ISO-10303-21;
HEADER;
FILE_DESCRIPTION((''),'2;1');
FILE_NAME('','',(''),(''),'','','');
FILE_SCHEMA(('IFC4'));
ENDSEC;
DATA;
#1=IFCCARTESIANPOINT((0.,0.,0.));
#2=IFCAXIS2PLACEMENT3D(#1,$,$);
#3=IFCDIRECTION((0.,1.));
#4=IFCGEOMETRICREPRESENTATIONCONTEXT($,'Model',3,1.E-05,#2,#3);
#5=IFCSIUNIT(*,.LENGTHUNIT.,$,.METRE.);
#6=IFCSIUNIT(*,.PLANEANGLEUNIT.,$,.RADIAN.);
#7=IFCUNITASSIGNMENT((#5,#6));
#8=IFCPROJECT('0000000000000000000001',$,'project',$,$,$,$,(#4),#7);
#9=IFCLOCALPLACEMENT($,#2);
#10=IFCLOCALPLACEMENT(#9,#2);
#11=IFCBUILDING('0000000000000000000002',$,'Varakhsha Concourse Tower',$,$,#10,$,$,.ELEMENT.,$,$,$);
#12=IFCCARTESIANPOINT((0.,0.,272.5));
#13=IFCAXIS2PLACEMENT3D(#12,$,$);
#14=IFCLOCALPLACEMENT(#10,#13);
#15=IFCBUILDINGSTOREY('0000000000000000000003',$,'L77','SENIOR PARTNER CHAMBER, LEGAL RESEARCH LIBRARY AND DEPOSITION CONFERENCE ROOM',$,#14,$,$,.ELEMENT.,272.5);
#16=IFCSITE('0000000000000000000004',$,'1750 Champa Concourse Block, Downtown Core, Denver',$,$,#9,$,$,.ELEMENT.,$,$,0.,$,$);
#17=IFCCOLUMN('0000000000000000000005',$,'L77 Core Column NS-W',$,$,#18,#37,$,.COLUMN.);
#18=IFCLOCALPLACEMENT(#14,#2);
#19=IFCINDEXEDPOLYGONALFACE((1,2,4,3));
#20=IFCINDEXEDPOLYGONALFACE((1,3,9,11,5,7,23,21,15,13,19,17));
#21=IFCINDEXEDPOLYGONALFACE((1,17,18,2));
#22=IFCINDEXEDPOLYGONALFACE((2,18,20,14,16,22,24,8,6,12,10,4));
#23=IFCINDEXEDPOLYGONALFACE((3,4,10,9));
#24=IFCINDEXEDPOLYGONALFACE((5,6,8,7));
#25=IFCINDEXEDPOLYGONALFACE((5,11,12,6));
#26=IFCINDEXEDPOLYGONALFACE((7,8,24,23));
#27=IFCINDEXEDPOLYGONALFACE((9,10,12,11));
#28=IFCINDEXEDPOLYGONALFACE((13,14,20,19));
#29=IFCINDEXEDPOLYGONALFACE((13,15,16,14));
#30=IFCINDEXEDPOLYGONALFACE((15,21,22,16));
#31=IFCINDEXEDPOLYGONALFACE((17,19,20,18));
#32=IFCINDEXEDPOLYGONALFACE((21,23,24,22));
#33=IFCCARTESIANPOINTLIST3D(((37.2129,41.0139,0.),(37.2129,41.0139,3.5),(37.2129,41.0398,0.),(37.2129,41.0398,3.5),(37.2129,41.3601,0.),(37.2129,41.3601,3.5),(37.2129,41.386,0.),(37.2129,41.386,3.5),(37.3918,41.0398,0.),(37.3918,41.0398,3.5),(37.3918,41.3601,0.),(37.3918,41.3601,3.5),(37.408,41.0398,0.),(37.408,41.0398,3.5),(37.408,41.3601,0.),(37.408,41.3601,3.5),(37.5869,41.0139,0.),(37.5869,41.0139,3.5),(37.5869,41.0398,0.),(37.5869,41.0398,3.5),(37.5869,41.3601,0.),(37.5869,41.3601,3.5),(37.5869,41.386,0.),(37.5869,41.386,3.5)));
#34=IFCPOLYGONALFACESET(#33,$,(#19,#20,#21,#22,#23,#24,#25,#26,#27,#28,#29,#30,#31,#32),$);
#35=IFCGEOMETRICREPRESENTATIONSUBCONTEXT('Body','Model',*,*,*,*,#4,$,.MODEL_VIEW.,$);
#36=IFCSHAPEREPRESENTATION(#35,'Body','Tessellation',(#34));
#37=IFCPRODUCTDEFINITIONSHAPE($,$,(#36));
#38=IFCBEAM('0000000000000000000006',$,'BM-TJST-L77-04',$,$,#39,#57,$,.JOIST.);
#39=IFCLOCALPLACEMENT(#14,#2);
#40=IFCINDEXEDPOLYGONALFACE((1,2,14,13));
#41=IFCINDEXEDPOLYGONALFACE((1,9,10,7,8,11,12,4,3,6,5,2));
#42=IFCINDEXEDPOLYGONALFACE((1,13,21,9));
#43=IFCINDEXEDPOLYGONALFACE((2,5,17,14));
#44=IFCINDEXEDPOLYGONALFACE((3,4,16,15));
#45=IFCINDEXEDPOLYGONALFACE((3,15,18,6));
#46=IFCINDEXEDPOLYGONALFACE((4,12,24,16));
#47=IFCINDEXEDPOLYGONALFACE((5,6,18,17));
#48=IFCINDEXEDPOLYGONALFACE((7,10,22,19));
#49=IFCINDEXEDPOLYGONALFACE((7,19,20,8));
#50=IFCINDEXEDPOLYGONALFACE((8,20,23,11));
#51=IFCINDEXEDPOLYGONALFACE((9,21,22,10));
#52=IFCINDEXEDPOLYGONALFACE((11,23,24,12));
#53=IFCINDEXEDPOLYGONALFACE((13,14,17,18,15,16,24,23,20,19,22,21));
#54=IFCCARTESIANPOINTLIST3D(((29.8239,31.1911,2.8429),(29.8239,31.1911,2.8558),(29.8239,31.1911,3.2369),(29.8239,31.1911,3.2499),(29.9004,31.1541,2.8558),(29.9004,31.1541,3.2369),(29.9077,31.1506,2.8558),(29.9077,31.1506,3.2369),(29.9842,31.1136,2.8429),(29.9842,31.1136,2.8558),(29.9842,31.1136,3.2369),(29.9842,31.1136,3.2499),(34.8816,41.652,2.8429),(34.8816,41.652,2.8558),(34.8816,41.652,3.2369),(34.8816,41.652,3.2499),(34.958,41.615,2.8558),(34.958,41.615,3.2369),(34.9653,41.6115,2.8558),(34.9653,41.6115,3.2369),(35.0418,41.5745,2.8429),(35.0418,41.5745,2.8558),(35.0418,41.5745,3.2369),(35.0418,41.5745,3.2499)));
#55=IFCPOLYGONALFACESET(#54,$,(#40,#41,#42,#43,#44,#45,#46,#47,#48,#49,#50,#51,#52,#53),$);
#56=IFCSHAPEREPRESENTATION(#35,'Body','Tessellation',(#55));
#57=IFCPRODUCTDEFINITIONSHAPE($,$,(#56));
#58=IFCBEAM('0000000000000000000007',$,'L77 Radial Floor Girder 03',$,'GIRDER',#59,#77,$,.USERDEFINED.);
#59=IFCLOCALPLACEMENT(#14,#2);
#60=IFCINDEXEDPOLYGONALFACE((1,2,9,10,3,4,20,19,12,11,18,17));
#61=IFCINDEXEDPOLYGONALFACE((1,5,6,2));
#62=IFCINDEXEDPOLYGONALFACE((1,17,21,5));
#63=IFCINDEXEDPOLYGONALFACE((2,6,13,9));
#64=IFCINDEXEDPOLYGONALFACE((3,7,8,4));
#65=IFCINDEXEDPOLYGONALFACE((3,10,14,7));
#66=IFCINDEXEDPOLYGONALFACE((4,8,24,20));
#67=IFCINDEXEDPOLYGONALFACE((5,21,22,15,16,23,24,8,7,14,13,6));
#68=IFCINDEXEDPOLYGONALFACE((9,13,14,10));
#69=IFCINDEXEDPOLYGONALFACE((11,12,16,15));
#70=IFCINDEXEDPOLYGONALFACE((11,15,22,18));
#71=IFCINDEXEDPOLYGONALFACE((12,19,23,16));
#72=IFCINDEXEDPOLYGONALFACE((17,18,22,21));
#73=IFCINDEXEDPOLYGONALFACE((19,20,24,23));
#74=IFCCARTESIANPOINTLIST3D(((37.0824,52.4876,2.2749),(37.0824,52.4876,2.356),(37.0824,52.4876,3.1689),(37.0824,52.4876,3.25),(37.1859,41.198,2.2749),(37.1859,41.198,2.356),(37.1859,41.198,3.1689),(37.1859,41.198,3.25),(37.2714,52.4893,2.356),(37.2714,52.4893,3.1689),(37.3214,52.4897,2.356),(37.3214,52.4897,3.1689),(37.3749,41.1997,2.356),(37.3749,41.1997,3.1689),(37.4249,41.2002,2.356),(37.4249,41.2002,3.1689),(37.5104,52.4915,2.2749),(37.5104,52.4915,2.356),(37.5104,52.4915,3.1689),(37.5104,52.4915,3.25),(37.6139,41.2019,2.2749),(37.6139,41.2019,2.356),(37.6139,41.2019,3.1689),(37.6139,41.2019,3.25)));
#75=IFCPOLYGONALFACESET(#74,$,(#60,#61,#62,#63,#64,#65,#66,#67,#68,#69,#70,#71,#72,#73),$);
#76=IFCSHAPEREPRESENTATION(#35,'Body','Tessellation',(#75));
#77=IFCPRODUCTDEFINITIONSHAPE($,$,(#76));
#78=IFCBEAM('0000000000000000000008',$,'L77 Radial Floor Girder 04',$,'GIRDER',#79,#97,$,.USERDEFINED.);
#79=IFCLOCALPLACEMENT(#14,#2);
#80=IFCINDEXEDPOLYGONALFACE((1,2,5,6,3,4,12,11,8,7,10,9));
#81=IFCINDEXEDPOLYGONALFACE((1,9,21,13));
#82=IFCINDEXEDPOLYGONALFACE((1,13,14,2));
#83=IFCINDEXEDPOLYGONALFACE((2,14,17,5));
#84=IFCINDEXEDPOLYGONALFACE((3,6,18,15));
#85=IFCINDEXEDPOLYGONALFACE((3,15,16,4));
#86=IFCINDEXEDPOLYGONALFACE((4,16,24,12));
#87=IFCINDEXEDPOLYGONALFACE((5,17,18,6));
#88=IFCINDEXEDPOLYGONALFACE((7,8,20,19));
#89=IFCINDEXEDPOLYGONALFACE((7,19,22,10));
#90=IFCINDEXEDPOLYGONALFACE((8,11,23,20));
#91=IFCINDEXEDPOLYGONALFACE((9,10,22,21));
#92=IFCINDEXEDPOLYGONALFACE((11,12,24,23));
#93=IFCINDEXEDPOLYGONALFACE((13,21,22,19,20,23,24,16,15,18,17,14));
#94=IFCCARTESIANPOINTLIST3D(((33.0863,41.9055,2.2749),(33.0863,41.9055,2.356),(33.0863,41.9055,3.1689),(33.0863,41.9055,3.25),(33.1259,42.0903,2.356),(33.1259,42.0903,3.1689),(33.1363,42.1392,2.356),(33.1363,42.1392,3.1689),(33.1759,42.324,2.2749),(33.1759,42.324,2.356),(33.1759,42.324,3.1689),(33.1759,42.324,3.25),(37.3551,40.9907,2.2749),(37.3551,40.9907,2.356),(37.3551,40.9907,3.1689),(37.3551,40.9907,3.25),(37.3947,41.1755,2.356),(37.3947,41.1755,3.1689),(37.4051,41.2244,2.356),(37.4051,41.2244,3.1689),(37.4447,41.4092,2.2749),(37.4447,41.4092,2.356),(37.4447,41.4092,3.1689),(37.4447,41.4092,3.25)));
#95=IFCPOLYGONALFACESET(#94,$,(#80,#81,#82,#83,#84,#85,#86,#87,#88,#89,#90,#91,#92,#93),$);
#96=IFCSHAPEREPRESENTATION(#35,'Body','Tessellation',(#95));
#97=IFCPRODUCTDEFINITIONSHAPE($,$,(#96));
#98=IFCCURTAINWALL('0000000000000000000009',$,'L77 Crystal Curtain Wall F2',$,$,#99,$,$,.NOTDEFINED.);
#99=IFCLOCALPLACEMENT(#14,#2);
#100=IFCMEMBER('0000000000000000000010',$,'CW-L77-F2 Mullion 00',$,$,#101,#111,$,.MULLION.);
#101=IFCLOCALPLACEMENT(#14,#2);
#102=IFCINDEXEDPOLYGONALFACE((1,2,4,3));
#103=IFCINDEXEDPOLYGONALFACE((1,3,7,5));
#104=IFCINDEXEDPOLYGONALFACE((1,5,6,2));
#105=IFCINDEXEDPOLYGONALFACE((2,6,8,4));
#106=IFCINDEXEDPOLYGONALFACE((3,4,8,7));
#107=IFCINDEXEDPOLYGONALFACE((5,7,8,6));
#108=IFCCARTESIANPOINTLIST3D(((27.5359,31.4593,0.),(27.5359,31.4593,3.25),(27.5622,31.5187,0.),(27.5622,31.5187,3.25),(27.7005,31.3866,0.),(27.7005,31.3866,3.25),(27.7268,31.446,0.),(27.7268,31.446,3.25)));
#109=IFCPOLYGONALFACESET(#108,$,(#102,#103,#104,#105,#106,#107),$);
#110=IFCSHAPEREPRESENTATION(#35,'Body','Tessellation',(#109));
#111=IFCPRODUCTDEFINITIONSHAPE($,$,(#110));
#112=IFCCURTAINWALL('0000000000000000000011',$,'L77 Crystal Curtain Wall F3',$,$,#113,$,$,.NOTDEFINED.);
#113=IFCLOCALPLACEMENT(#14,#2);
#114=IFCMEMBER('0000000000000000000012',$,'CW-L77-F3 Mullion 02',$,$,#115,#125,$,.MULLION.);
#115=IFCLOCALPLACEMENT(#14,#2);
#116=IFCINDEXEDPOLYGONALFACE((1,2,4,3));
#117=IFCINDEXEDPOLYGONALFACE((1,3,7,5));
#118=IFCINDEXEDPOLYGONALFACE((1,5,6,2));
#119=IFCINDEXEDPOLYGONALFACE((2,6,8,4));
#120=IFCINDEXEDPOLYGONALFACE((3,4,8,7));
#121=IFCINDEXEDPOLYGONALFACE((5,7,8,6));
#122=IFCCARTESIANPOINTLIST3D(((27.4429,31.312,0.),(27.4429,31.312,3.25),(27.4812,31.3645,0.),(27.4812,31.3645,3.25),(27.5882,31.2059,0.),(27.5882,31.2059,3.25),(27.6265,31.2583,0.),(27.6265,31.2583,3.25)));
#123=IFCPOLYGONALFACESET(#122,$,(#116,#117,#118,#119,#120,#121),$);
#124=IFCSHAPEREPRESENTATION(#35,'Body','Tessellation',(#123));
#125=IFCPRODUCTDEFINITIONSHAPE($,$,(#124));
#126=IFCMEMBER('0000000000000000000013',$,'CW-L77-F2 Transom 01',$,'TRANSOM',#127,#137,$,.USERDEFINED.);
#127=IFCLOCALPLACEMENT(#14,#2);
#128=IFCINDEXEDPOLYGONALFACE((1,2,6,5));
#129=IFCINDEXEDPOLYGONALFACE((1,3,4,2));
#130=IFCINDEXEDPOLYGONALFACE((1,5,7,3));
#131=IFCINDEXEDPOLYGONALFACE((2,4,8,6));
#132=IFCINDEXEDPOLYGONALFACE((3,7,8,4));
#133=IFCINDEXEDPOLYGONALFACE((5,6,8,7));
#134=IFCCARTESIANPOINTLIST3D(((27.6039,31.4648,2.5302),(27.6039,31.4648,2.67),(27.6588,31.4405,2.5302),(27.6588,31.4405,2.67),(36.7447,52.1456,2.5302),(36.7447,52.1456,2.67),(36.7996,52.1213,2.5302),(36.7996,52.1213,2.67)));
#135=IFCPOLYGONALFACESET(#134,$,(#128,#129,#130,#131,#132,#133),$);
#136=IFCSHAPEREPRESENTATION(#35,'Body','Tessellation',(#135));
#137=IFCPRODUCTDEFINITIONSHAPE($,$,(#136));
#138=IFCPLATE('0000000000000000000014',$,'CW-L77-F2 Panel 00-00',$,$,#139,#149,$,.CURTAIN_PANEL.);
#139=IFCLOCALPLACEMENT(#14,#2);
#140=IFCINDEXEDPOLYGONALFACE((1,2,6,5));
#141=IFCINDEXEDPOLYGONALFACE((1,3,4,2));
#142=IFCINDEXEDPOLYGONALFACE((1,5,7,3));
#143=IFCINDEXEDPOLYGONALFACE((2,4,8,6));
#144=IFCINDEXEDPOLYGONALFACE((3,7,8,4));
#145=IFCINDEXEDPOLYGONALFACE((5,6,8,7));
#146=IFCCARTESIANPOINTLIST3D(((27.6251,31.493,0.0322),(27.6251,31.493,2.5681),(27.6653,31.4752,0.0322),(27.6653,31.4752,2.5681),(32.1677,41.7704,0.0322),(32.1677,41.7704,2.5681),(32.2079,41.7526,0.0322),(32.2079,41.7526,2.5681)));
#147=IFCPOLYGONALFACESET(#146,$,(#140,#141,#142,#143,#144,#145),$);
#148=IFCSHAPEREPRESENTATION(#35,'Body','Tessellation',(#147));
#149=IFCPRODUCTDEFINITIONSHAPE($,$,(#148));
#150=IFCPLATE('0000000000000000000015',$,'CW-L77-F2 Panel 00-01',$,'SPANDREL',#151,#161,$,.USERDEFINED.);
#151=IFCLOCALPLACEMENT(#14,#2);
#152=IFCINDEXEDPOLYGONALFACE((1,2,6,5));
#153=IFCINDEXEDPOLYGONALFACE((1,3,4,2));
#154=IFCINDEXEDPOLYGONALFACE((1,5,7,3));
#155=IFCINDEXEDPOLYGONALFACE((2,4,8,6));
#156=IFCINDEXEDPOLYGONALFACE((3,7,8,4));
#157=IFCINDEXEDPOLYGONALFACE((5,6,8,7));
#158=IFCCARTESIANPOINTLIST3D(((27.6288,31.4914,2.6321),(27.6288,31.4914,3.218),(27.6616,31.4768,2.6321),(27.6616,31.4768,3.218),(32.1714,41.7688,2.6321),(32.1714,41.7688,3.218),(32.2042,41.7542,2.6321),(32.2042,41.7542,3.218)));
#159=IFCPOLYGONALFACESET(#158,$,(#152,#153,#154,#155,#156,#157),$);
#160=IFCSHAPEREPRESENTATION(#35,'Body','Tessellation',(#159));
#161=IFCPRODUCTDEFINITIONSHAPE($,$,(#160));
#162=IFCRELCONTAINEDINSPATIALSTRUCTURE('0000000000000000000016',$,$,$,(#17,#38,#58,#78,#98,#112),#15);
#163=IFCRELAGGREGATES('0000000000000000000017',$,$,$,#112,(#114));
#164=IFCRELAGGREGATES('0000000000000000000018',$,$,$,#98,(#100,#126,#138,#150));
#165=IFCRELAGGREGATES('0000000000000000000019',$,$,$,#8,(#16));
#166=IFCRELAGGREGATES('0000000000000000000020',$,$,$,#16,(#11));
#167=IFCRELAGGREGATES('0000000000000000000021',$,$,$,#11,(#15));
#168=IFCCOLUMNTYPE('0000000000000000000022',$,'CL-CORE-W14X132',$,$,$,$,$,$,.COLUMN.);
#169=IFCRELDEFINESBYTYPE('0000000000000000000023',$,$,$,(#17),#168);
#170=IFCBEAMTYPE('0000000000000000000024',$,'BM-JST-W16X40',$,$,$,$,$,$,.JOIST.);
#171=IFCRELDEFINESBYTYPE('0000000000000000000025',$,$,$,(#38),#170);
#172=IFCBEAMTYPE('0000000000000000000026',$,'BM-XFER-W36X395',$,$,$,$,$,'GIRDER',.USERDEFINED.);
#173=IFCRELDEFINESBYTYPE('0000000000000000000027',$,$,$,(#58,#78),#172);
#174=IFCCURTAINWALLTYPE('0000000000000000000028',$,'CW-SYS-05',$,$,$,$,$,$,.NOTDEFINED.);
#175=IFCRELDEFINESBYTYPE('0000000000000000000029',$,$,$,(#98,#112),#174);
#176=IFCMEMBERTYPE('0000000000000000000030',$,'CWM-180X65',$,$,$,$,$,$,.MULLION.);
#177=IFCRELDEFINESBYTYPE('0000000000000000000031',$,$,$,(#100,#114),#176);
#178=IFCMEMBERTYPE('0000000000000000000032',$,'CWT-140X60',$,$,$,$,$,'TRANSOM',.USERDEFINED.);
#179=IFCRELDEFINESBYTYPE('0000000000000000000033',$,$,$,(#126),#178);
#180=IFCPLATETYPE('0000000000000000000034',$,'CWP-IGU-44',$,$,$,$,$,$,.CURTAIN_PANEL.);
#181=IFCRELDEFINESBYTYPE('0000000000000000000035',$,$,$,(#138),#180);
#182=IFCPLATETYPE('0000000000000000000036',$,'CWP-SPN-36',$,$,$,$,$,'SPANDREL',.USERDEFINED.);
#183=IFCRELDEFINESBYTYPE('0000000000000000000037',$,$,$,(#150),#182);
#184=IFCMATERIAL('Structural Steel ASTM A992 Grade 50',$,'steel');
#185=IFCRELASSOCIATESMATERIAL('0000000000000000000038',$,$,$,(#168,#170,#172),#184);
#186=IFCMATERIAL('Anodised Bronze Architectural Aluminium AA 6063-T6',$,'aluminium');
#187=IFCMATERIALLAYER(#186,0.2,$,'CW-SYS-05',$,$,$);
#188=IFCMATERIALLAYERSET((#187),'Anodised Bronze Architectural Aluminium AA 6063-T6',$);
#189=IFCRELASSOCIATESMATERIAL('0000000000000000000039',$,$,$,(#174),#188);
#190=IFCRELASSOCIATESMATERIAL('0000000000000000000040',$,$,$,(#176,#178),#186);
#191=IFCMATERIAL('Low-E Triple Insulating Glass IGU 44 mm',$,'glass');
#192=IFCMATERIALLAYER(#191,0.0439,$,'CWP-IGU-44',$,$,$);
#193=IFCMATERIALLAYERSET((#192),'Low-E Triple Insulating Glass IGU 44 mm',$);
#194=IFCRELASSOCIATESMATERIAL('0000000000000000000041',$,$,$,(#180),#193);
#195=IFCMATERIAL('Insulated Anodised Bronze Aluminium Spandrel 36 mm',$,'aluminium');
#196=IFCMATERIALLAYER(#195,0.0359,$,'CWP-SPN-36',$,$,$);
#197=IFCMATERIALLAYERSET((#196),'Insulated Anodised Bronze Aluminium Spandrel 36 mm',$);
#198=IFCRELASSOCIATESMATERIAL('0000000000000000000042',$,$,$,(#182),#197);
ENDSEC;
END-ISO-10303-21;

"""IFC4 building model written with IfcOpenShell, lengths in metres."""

from ifc_helpers import new_model, si_unit, direction, frame, origin, origin_2d, place, context, subcontext, project, spatial, rectangle, i_section, extrude, source, transform, mapped, material, layer, layer_set, material_profile, profile_set, type_object, type_shapes, element, aggregate, save


model = new_model("IFC4")

# Units and contexts
model_context = context("Model", 3, precision=1e-05, world=origin(), true_north=direction((0.0, 1.0)))
body_context = subcontext(model_context, "Body", "Model", "MODEL_VIEW")
ifc_project = project(units=[si_unit("LENGTHUNIT", "METRE"), si_unit("PLANEANGLEUNIT", "RADIAN")], contexts=[model_context])

# Site, building, storey
site_placement = place(None, origin())
site = spatial("IfcSite", under=ifc_project, at=site_placement, Name="1750 Champa Concourse Block, Downtown Core, Denver", CompositionType="ELEMENT", RefElevation=0.0)
building_placement = place(site_placement, origin())
building = spatial("IfcBuilding", under=site, at=building_placement, Name="Varakhsha Concourse Tower", CompositionType="ELEMENT")
storey_placement = place(building_placement, frame((0.0, 0.0, 272.5)))
storey = spatial("IfcBuildingStorey", under=building, at=storey_placement, Name="L77", Description="SENIOR PARTNER CHAMBER, LEGAL RESEARCH LIBRARY AND DEPOSITION CONFERENCE ROOM", CompositionType="ELEMENT", Elevation=272.5)

# Column
ifc_material_1 = material(Name="Structural Steel ASTM A992 Grade 50", Category="steel")
ifc_material_profile_1 = material_profile(ifc_material_1, i_section(OverallWidth=0.374, OverallDepth=0.3721, WebThickness=0.0161, FlangeThickness=0.0259, at=origin_2d()), Name="W14X132")
ifc_profile_set_1 = profile_set([ifc_material_profile_1], Name="Structural Steel ASTM A992 Grade 50")
column_type = type_object("IfcColumnType", Name="CL-CORE-W14X132", PredefinedType="COLUMN", material=ifc_profile_set_1)
column_placement = place(storey_placement, frame((37.3999, 41.2, 0.0), z_axis=(0.0, 0.0, 1.0), x_axis=(1.0, 0.0, 0.0)))
element("IfcColumn", 1, at=column_placement, inside=storey, type_object=column_type, Name="L77 Core Column NS-W", PredefinedType="COLUMN", context=body_context, shape_type="SweptSolid", body=[
    extrude(i_section(OverallWidth=0.374, OverallDepth=0.3721, WebThickness=0.0161, FlangeThickness=0.0259, at=origin_2d()), origin(), (0.0, 0.0, 1.0), 3.5),
])

# Beams
ifc_material_profile_2 = material_profile(ifc_material_1, i_section(OverallWidth=0.178, OverallDepth=0.407, WebThickness=0.0081, FlangeThickness=0.0129, at=origin_2d()), Name="W16X40")
ifc_profile_set_2 = profile_set([ifc_material_profile_2], Name="Structural Steel ASTM A992 Grade 50")
beam_type_1 = type_object("IfcBeamType", Name="BM-JST-W16X40", PredefinedType="JOIST", material=ifc_profile_set_2)
beam_1_placement = place(storey_placement, frame((34.9617, 41.6133, 3.0464), z_axis=(-0.435273, -0.900298, 0.0), x_axis=(0.900298, -0.435273, 0.0)))
element("IfcBeam", 2, at=beam_1_placement, inside=storey, type_object=beam_type_1, Name="BM-TJST-L77-04", PredefinedType="JOIST", context=body_context, shape_type="SweptSolid", body=[
    extrude(i_section(OverallWidth=0.178, OverallDepth=0.407, WebThickness=0.0081, FlangeThickness=0.0129, at=origin_2d()), origin(), (0.0, 0.0, 1.0), 11.6194),
])
ifc_material_profile_3 = material_profile(ifc_material_1, i_section(OverallWidth=0.428, OverallDepth=0.9751, WebThickness=0.05, FlangeThickness=0.0811, at=origin_2d()), Name="W36X395")
ifc_profile_set_3 = profile_set([ifc_material_profile_3], Name="Structural Steel ASTM A992 Grade 50")
beam_type_2 = type_object("IfcBeamType", Name="BM-XFER-W36X395", ElementType="GIRDER", PredefinedType="USERDEFINED", material=ifc_profile_set_3)
beam_2_placement = place(storey_placement, frame((37.3999, 41.2, 2.7625), z_axis=(-0.009169, 0.999958, 0.0), x_axis=(-0.999958, -0.009169, 0.0)))
element("IfcBeam", 3, at=beam_2_placement, inside=storey, type_object=beam_type_2, Name="L77 Radial Floor Girder 03", ObjectType="GIRDER", PredefinedType="USERDEFINED", context=body_context, shape_type="SweptSolid", body=[
    extrude(i_section(OverallWidth=0.428, OverallDepth=0.9751, WebThickness=0.05, FlangeThickness=0.0811, at=origin_2d()), origin(), (0.0, 0.0, 1.0), 11.29),
])
beam_3_placement = place(storey_placement, frame((37.3999, 41.2, 2.7625), z_axis=(-0.9778, 0.209541, 0.0), x_axis=(-0.209541, -0.9778, 0.0)))
element("IfcBeam", 4, at=beam_3_placement, inside=storey, type_object=beam_type_2, Name="L77 Radial Floor Girder 04", ObjectType="GIRDER", PredefinedType="USERDEFINED", context=body_context, shape_type="SweptSolid", body=[
    extrude(i_section(OverallWidth=0.428, OverallDepth=0.9751, WebThickness=0.05, FlangeThickness=0.0811, at=origin_2d()), origin(), (0.0, 0.0, 1.0), 4.3657),
])

# Curtain walls, members
ifc_material_2 = material(Name="Anodised Bronze Architectural Aluminium AA 6063-T6", Category="aluminium")
ifc_layer_1 = layer(ifc_material_2, 0.2, Name="CW-SYS-05")
ifc_layer_set_1 = layer_set([ifc_layer_1], Name="Anodised Bronze Architectural Aluminium AA 6063-T6")
curtain_wall_type = type_object("IfcCurtainWallType", Name="CW-SYS-05", PredefinedType="NOTDEFINED", material=ifc_layer_set_1)
curtain_wall_1_placement = place(storey_placement, origin())
curtain_wall_1 = element("IfcCurtainWall", 5, at=curtain_wall_1_placement, inside=storey, type_object=curtain_wall_type, Name="L77 Crystal Curtain Wall F2", PredefinedType="NOTDEFINED")
ifc_material_profile_4 = material_profile(ifc_material_2, rectangle(XDim=0.0649, YDim=0.1799, at=origin_2d()), Name="CWM-180X65")
ifc_profile_set_4 = profile_set([ifc_material_profile_4], Name="Anodised Bronze Architectural Aluminium AA 6063-T6")
member_type_1 = type_object("IfcMemberType", Name="CWM-180X65", PredefinedType="MULLION", material=ifc_profile_set_4)
shared_shape_1 = source(origin(), body_context, "Body", "SweptSolid", [
    extrude(rectangle(XDim=0.0649, YDim=0.1799, at=origin_2d()), origin(), (0.0, 0.0, 1.0), 3.25),
])
type_shapes(member_type_1, [shared_shape_1])
member_1_placement = place(storey_placement, frame((27.6313, 31.4526, 0.0), z_axis=(0.0, 0.0, 1.0), x_axis=(0.404273, 0.914638, 0.0)))
member_1 = element("IfcMember", 6, at=member_1_placement, type_object=member_type_1, Name="CW-L77-F2 Mullion 00", PredefinedType="MULLION", context=body_context, shape_type="MappedRepresentation", body=[
    mapped(shared_shape_1, transform((0.0, 0.0, 0.0), scale=1.0)),
])
curtain_wall_2_placement = place(storey_placement, origin())
curtain_wall_2 = element("IfcCurtainWall", 7, at=curtain_wall_2_placement, inside=storey, type_object=curtain_wall_type, Name="L77 Crystal Curtain Wall F3", PredefinedType="NOTDEFINED")
member_2_placement = place(storey_placement, frame((27.5347, 31.2852, 0.0), z_axis=(0.0, 0.0, 1.0), x_axis=(0.58996, 0.807432, 0.0)))
member_2 = element("IfcMember", 8, at=member_2_placement, type_object=member_type_1, Name="CW-L77-F3 Mullion 02", PredefinedType="MULLION", context=body_context, shape_type="MappedRepresentation", body=[
    mapped(shared_shape_1, transform((0.0, 0.0, 0.0), scale=1.0)),
])
aggregate(curtain_wall_2, [member_2])

# Member
ifc_material_profile_5 = material_profile(ifc_material_2, rectangle(XDim=0.0601, YDim=0.1399, at=origin_2d()), Name="CWT-140X60")
ifc_profile_set_5 = profile_set([ifc_material_profile_5], Name="Anodised Bronze Architectural Aluminium AA 6063-T6")
member_type_2 = type_object("IfcMemberType", Name="CWT-140X60", ElementType="TRANSOM", PredefinedType="USERDEFINED", material=ifc_profile_set_5)
shared_shape_2 = source(origin(), body_context, "Body", "SweptSolid", [
    extrude(rectangle(XDim=0.0601, YDim=0.1399, at=origin_2d()), origin(), (0.0, 0.0, 1.0), 22.6108),
])
type_shapes(member_type_2, [shared_shape_2])
member_3_placement = place(storey_placement, frame((27.6313, 31.4526, 2.6001), z_axis=(0.404267, 0.914641, 0.0), x_axis=(-0.914641, 0.404267, 0.0)))
member_3 = element("IfcMember", 9, at=member_3_placement, type_object=member_type_2, Name="CW-L77-F2 Transom 01", ObjectType="TRANSOM", PredefinedType="USERDEFINED", context=body_context, shape_type="MappedRepresentation", body=[
    mapped(shared_shape_2, transform((0.0, 0.0, 0.0), scale=1.0)),
])

# Plates
ifc_material_3 = material(Name="Low-E Triple Insulating Glass IGU 44 mm", Category="glass")
ifc_layer_2 = layer(ifc_material_3, 0.0439, Name="CWP-IGU-44")
ifc_layer_set_2 = layer_set([ifc_layer_2], Name="Low-E Triple Insulating Glass IGU 44 mm")
plate_type_1 = type_object("IfcPlateType", Name="CWP-IGU-44", PredefinedType="CURTAIN_PANEL", material=ifc_layer_set_2)
shared_shape_3 = source(origin(), body_context, "Body", "SweptSolid", [
    extrude(rectangle(XDim=11.2366, YDim=0.0439, at=origin_2d()), origin(), (0.0, 0.0, 1.0), 2.5359),
])
type_shapes(plate_type_1, [shared_shape_3])
plate_1_placement = place(storey_placement, frame((29.9165, 36.6228, 0.0322), z_axis=(0.0, 0.0, 1.0), x_axis=(0.404273, 0.914638, 0.0)))
plate_1 = element("IfcPlate", 10, at=plate_1_placement, type_object=plate_type_1, Name="CW-L77-F2 Panel 00-00", PredefinedType="CURTAIN_PANEL", context=body_context, shape_type="MappedRepresentation", body=[
    mapped(shared_shape_3, transform((0.0, 0.0, 0.0), scale=1.0)),
])
ifc_material_4 = material(Name="Insulated Anodised Bronze Aluminium Spandrel 36 mm", Category="aluminium")
ifc_layer_3 = layer(ifc_material_4, 0.0359, Name="CWP-SPN-36")
ifc_layer_set_3 = layer_set([ifc_layer_3], Name="Insulated Anodised Bronze Aluminium Spandrel 36 mm")
plate_type_2 = type_object("IfcPlateType", Name="CWP-SPN-36", ElementType="SPANDREL", PredefinedType="USERDEFINED", material=ifc_layer_set_3)
shared_shape_4 = source(origin(), body_context, "Body", "SweptSolid", [
    extrude(rectangle(XDim=11.2366, YDim=0.0359, at=origin_2d()), origin(), (0.0, 0.0, 1.0), 0.5859),
])
type_shapes(plate_type_2, [shared_shape_4])
plate_2_placement = place(storey_placement, frame((29.9165, 36.6228, 2.6321), z_axis=(0.0, 0.0, 1.0), x_axis=(0.404273, 0.914638, 0.0)))
plate_2 = element("IfcPlate", 11, at=plate_2_placement, type_object=plate_type_2, Name="CW-L77-F2 Panel 00-01", ObjectType="SPANDREL", PredefinedType="USERDEFINED", context=body_context, shape_type="MappedRepresentation", body=[
    mapped(shared_shape_4, transform((0.0, 0.0, 0.0), scale=1.0)),
])
aggregate(curtain_wall_1, [member_1, member_3, plate_1, plate_2])

save(model, "model.ifc")
